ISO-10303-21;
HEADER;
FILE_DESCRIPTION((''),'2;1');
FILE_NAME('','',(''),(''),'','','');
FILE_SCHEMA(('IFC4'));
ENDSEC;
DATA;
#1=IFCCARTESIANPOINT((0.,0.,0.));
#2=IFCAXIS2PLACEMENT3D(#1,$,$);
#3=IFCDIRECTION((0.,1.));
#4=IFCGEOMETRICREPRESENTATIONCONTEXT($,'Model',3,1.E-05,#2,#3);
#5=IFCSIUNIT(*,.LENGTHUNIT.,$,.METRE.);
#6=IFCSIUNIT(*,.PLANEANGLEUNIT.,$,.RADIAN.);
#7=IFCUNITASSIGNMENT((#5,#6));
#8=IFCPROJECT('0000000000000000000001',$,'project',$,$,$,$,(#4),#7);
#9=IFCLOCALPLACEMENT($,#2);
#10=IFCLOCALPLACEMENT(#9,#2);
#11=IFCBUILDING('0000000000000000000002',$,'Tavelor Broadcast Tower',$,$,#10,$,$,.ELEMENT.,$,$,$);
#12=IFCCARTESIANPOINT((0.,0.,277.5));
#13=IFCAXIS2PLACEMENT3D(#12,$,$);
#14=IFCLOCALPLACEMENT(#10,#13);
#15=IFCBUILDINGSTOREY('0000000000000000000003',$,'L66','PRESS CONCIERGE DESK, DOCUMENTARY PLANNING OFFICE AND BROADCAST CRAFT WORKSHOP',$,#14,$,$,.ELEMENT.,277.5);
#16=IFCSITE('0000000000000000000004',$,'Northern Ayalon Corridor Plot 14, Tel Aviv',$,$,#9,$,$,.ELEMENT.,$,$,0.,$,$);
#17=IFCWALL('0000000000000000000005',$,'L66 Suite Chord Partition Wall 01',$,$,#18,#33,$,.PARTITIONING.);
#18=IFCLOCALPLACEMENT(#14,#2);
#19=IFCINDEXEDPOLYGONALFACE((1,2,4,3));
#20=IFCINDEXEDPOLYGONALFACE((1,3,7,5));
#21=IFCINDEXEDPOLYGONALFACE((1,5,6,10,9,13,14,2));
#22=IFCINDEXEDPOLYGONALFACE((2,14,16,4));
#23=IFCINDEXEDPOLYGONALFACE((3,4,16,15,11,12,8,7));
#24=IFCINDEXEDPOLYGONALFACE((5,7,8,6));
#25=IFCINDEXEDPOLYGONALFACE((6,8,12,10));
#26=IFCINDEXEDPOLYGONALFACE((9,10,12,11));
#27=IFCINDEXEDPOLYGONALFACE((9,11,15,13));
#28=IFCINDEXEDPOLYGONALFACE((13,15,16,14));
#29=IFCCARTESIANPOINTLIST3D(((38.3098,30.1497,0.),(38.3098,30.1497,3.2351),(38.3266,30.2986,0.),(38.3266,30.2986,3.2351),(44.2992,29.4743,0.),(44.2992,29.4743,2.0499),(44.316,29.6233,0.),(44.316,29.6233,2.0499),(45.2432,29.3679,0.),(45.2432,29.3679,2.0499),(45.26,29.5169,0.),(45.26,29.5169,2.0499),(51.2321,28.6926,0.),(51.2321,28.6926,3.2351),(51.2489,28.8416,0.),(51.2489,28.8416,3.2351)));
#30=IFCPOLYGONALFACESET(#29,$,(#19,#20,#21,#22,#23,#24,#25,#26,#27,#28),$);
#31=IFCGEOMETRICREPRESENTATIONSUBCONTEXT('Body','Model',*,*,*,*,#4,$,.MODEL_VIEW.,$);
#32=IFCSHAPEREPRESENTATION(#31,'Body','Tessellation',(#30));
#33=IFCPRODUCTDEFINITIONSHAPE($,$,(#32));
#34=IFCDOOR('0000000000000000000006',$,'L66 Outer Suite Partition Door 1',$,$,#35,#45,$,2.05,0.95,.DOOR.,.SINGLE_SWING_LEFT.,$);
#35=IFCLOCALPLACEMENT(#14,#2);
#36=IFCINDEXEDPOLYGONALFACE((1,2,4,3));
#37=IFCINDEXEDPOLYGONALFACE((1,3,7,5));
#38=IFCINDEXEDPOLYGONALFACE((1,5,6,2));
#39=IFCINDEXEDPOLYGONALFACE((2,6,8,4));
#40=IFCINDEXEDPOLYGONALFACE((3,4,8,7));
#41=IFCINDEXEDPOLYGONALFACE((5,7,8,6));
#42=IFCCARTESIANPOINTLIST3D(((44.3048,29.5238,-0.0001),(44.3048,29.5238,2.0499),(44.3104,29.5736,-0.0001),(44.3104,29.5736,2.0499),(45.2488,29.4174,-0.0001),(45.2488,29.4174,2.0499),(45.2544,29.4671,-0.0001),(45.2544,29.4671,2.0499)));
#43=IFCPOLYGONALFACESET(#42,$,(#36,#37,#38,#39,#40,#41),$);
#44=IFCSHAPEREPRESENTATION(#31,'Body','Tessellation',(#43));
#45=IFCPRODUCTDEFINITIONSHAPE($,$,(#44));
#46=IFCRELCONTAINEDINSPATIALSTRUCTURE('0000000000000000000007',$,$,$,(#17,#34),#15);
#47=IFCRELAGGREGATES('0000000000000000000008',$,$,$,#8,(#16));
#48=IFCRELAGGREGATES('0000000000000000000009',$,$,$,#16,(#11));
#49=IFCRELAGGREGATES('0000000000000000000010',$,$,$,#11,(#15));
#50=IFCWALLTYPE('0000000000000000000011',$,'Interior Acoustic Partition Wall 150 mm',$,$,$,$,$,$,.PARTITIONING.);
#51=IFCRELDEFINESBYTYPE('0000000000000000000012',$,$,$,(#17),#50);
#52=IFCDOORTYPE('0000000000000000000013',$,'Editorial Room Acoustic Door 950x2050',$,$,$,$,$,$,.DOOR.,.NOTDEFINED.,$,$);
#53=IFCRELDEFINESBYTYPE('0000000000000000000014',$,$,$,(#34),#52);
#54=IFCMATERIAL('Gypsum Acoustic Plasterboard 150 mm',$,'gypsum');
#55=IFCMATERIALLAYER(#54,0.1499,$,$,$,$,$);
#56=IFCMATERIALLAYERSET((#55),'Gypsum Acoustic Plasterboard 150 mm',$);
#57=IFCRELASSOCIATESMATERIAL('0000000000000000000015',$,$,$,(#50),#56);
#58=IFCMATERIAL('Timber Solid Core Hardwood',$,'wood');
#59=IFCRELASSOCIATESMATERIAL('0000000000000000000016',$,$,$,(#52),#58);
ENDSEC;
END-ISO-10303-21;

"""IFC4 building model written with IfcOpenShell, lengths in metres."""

from ifc_helpers import new_model, si_unit, direction, frame, frame_2d, origin, place, context, subcontext, project, spatial, rectangle, extrude, material, layer, layer_set, type_object, element, fill, save


model = new_model("IFC4")

# Units and contexts
model_context = context("Model", 3, precision=1e-05, world=origin(), true_north=direction((0.0, 1.0)))
body_context = subcontext(model_context, "Body", "Model", "MODEL_VIEW")
ifc_project = project(units=[si_unit("LENGTHUNIT", "METRE"), si_unit("PLANEANGLEUNIT", "RADIAN")], contexts=[model_context])

# Site, building, storey
site_placement = place(None, origin())
site = spatial("IfcSite", under=ifc_project, at=site_placement, Name="Northern Ayalon Corridor Plot 14, Tel Aviv", CompositionType="ELEMENT", RefElevation=0.0)
building_placement = place(site_placement, origin())
building = spatial("IfcBuilding", under=site, at=building_placement, Name="Tavelor Broadcast Tower", CompositionType="ELEMENT")
storey_placement = place(building_placement, frame((0.0, 0.0, 277.5)))
storey = spatial("IfcBuildingStorey", under=building, at=storey_placement, Name="L66", Description="PRESS CONCIERGE DESK, DOCUMENTARY PLANNING OFFICE AND BROADCAST CRAFT WORKSHOP", CompositionType="ELEMENT", Elevation=277.5)

# Shared definitions
ifc_material_1 = material(Name="Timber Solid Core Hardwood", Category="wood")

# Shared definitions
ifc_material_2 = material(Name="Gypsum Acoustic Plasterboard 150 mm", Category="gypsum")
ifc_layer_1 = layer(ifc_material_2, 0.1499)
ifc_layer_set_1 = layer_set([ifc_layer_1], Name="Gypsum Acoustic Plasterboard 150 mm")
wall_type_1 = type_object("IfcWallType", Name="Interior Acoustic Partition Wall 150 mm", PredefinedType="PARTITIONING", material=ifc_layer_set_1)

# Wall, opening, door
wall_1_placement = place(storey_placement, frame((38.3184, 30.2241, 0.0), z_axis=(0.0, 0.0, 1.0), x_axis=(0.993703, -0.112043, 0.0)))
wall_1 = element("IfcWall", 1, at=wall_1_placement, inside=storey, type_object=wall_type_1, Name="L66 Suite Chord Partition Wall 01", PredefinedType="PARTITIONING", context=body_context, shape_type="SweptSolid", body=[
    extrude(rectangle(XDim=13.0042, YDim=0.1499, at=frame_2d((6.502, 0.0))), origin(), (0.0, 0.0, 1.0), 3.2351),
])
opening_1_placement = place(wall_1_placement, frame((6.0271, 0.0, 0.0)))
opening_1 = element("IfcOpeningElement", 2, at=opening_1_placement, cuts=wall_1, PredefinedType="OPENING", context=body_context, shape_type="SweptSolid", body=[
    extrude(rectangle(XDim=0.95, YDim=2.05, at=frame_2d((0.4751, 1.0249))), frame((0.0, 0.085, 0.0), z_axis=(0.0, -1.0, 0.0), x_axis=(1.0, 0.0, 0.0)), (0.0, 0.0, 1.0), 0.1699),
])
door_type_1 = type_object("IfcDoorType", Name="Editorial Room Acoustic Door 950x2050", OperationType="NOTDEFINED", PredefinedType="DOOR", material=ifc_material_1)
door_1_placement = place(opening_1_placement, origin())
door_1 = element("IfcDoor", 3, at=door_1_placement, inside=storey, type_object=door_type_1, Name="L66 Outer Suite Partition Door 1", OperationType="SINGLE_SWING_LEFT", OverallHeight=2.05, OverallWidth=0.95, PredefinedType="DOOR", context=body_context, shape_type="SweptSolid", body=[
    extrude(rectangle(XDim=0.95, YDim=2.05, at=frame_2d((0.4751, 1.0249))), frame((0.0, 0.0249, 0.0), z_axis=(0.0, -1.0, 0.0), x_axis=(1.0, 0.0, 0.0)), (0.0, 0.0, 1.0), 0.05),
])
fill(opening_1, door_1)

save(model, "model.ifc")
